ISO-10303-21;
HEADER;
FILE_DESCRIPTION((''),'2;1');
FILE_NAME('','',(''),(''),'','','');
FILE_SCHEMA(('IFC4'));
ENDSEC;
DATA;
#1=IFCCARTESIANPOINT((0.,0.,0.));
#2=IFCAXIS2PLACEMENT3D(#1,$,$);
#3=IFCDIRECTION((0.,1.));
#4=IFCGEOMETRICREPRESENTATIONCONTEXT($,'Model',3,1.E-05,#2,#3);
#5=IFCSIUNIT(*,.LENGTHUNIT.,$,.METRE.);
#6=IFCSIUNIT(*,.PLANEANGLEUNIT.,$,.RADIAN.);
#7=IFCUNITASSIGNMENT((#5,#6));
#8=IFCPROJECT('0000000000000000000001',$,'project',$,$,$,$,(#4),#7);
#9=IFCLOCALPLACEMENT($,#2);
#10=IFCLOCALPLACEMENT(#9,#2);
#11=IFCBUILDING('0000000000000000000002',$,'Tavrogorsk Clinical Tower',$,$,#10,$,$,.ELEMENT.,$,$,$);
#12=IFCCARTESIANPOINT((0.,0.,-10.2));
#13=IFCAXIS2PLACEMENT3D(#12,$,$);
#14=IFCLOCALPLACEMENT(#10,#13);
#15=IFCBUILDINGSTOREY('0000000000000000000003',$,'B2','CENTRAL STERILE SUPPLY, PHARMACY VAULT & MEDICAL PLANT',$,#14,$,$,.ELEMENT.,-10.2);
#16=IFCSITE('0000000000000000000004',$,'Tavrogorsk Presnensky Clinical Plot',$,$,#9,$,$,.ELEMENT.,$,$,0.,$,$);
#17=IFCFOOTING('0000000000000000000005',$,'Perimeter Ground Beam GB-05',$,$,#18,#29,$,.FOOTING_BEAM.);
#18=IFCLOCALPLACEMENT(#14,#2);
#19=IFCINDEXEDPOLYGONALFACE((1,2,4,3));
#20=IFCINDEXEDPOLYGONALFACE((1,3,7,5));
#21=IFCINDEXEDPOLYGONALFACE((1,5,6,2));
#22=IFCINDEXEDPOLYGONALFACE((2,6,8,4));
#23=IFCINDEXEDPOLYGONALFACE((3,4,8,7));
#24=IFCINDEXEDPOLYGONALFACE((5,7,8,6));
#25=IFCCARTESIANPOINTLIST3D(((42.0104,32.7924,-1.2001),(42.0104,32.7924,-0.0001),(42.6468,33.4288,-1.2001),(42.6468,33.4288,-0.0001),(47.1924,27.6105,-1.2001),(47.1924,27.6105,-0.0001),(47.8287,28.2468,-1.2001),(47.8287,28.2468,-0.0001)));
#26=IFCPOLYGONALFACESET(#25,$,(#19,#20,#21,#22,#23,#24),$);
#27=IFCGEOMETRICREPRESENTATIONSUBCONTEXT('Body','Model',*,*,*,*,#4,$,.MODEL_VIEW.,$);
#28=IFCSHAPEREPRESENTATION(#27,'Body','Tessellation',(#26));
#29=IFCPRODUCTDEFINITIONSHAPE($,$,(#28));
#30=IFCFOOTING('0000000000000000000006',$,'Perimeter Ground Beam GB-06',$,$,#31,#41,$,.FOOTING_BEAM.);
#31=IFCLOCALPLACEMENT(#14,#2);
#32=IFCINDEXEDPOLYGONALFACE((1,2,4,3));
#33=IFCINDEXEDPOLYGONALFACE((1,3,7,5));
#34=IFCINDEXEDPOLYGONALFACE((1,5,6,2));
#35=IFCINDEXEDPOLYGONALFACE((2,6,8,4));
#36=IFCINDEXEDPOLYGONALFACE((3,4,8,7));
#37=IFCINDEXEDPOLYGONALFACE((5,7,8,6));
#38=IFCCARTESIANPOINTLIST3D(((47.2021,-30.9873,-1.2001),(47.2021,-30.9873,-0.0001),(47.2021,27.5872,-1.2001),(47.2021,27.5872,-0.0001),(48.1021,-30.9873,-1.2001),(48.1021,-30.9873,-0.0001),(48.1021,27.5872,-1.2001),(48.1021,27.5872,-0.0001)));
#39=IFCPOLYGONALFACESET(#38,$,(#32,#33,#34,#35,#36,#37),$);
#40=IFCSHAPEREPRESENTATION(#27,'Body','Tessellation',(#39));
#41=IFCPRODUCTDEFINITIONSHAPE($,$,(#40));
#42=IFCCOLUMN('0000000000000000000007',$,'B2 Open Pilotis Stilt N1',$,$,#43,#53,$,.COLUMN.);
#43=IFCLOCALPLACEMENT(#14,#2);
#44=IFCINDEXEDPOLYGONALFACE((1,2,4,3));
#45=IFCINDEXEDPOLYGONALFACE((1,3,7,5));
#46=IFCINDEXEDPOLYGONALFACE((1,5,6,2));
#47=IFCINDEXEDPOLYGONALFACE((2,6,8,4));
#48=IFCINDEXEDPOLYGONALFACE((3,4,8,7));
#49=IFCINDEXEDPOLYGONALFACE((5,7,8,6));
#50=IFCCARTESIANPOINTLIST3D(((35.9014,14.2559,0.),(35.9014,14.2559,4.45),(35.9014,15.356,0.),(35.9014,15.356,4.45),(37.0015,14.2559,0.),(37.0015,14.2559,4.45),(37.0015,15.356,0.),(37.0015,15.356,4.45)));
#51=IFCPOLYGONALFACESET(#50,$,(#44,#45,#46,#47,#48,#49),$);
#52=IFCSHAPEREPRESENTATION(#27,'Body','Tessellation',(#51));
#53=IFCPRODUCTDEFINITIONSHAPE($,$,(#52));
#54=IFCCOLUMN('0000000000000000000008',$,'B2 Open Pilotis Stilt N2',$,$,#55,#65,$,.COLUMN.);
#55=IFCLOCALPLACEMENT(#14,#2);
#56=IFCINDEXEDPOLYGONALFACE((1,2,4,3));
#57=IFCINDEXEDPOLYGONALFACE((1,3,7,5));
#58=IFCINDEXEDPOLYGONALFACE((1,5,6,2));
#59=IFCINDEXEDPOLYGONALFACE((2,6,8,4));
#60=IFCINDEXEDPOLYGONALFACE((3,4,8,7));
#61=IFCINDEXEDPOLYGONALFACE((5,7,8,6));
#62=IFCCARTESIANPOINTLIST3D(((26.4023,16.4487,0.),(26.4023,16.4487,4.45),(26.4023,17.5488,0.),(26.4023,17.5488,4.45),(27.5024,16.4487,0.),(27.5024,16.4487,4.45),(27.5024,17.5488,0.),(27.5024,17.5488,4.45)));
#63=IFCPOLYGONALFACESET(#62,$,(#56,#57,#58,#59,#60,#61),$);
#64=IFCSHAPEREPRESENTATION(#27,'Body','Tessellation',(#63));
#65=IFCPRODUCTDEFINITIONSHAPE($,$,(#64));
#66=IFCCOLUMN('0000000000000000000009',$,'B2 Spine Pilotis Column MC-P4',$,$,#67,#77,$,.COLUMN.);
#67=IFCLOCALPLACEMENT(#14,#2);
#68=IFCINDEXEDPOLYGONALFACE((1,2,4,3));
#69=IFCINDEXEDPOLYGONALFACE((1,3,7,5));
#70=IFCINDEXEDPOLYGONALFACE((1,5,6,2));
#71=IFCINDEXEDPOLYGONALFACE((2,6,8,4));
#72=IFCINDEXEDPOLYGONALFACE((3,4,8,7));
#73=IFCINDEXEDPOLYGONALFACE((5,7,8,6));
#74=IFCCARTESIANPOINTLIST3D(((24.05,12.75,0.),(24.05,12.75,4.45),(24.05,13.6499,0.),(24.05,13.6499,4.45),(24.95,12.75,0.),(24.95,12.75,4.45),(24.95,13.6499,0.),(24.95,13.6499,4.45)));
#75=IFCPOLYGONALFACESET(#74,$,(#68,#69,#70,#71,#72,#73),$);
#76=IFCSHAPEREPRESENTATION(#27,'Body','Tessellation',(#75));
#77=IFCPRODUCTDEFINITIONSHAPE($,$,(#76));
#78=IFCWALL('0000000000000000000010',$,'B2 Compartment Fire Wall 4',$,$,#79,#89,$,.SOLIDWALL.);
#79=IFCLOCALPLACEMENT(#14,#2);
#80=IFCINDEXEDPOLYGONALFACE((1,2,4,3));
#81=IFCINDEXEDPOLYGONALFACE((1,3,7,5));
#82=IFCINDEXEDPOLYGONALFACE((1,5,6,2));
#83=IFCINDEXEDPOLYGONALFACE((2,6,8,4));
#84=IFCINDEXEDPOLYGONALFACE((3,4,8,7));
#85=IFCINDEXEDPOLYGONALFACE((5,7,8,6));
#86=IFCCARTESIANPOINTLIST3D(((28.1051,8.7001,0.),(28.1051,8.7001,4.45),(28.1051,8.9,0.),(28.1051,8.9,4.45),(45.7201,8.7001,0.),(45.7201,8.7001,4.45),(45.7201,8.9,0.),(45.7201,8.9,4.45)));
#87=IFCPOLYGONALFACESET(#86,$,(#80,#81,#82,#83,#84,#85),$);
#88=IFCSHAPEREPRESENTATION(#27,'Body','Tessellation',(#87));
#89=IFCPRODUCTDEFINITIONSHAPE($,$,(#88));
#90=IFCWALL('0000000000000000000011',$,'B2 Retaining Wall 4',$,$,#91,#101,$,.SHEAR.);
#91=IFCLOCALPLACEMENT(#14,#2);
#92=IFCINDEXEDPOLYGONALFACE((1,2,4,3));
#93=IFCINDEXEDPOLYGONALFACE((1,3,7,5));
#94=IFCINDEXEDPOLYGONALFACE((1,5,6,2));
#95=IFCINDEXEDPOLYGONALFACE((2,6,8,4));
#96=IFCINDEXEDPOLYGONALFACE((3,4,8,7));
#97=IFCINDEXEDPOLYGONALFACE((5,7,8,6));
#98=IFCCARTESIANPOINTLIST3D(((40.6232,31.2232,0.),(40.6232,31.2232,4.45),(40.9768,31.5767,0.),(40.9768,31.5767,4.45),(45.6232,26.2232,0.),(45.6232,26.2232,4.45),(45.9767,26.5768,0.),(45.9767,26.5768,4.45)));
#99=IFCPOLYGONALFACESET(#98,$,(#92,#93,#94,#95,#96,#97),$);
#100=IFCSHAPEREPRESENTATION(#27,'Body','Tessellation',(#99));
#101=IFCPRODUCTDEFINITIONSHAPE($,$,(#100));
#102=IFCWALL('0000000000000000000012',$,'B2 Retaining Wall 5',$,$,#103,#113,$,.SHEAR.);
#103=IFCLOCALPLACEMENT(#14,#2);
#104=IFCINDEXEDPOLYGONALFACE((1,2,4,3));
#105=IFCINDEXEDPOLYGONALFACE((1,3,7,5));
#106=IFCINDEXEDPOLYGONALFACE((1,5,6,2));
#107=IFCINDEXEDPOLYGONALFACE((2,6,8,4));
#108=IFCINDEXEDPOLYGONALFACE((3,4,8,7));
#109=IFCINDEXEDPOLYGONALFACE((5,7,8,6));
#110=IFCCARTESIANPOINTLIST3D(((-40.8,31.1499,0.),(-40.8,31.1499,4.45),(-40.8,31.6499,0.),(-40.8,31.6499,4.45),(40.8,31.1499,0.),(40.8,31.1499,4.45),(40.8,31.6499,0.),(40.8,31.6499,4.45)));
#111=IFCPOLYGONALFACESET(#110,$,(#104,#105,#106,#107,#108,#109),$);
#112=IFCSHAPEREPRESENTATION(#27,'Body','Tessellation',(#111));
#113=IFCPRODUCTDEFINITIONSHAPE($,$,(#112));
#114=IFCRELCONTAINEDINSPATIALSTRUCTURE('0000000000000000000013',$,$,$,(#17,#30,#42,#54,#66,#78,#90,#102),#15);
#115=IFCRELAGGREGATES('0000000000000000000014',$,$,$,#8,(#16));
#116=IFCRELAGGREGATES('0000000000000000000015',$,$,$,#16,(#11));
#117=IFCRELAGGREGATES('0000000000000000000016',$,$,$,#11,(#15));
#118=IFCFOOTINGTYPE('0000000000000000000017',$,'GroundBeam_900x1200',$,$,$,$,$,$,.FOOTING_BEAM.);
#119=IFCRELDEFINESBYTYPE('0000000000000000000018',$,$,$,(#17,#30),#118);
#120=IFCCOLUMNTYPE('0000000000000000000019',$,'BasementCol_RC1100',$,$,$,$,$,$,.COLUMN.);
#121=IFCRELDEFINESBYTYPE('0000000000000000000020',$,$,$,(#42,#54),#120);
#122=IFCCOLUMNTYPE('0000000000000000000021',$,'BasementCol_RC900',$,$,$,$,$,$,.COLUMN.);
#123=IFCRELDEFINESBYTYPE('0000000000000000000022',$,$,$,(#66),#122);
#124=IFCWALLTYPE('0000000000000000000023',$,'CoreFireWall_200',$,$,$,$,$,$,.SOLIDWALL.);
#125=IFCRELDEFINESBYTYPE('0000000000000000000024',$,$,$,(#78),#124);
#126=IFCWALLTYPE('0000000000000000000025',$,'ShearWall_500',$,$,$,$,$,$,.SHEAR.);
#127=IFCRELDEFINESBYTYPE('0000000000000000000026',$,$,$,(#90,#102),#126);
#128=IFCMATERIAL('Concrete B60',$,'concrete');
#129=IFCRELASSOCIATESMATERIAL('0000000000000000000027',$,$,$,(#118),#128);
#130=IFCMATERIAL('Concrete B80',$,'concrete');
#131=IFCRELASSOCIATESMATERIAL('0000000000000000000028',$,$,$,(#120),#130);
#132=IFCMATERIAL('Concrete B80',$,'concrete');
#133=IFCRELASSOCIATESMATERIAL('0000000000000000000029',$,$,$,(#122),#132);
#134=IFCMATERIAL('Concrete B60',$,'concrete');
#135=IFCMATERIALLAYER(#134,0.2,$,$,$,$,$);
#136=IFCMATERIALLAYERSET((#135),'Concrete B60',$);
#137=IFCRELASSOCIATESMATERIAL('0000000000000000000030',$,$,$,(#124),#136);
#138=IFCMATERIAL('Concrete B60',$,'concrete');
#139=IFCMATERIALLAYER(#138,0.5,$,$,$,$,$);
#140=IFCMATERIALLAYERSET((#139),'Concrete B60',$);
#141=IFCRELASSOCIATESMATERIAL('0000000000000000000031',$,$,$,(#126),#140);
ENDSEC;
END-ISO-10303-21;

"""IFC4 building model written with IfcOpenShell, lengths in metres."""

from ifc_helpers import new_model, si_unit, direction, frame, frame_2d, origin, origin_2d, place, context, subcontext, project, spatial, rectangle, extrude, material, layer, layer_set, material_profile, profile_set, type_object, element, save


model = new_model("IFC4")

# Units and contexts
model_context = context("Model", 3, precision=1e-05, world=origin(), true_north=direction((0.0, 1.0)))
body_context = subcontext(model_context, "Body", "Model", "MODEL_VIEW")
ifc_project = project(units=[si_unit("LENGTHUNIT", "METRE"), si_unit("PLANEANGLEUNIT", "RADIAN")], contexts=[model_context])

# Site, building, storey
site_placement = place(None, origin())
site = spatial("IfcSite", under=ifc_project, at=site_placement, Name="Tavrogorsk Presnensky Clinical Plot", CompositionType="ELEMENT", RefElevation=0.0)
building_placement = place(site_placement, origin())
building = spatial("IfcBuilding", under=site, at=building_placement, Name="Tavrogorsk Clinical Tower", CompositionType="ELEMENT")
storey_placement = place(building_placement, frame((0.0, 0.0, -10.2)))
storey = spatial("IfcBuildingStorey", under=building, at=storey_placement, Name="B2", Description="CENTRAL STERILE SUPPLY, PHARMACY VAULT & MEDICAL PLANT", CompositionType="ELEMENT", Elevation=-10.2)

# Footings
ifc_material_1 = material(Name="Concrete B60", Category="concrete")
ifc_material_profile_1 = material_profile(ifc_material_1, rectangle(XDim=0.8999, YDim=1.2, at=origin_2d()), Name="RC-GB-900x1200")
ifc_profile_set_1 = profile_set([ifc_material_profile_1], Name="Concrete B60")
footing_type = type_object("IfcFootingType", Name="GroundBeam_900x1200", PredefinedType="FOOTING_BEAM", material=ifc_profile_set_1)
footing_1_placement = place(storey_placement, frame((42.3286, 33.1106, -0.6001), z_axis=(0.707107, -0.707107, 0.0), x_axis=(0.707107, 0.707107, 0.0)))
element("IfcFooting", 1, at=footing_1_placement, inside=storey, type_object=footing_type, Name="Perimeter Ground Beam GB-05", PredefinedType="FOOTING_BEAM", context=body_context, shape_type="SweptSolid", body=[
    extrude(rectangle(XDim=0.8999, YDim=1.2, at=origin_2d()), origin(), (0.0, 0.0, 1.0), 7.3284),
])
footing_2_placement = place(storey_placement, frame((47.6521, 27.5872, -0.6001), z_axis=(0.0, -1.0, 0.0), x_axis=(1.0, 0.0, 0.0)))
element("IfcFooting", 2, at=footing_2_placement, inside=storey, type_object=footing_type, Name="Perimeter Ground Beam GB-06", PredefinedType="FOOTING_BEAM", context=body_context, shape_type="SweptSolid", body=[
    extrude(rectangle(XDim=0.8999, YDim=1.2, at=origin_2d()), origin(), (0.0, 0.0, 1.0), 58.5745),
])

# Columns
ifc_material_2 = material(Name="Concrete B80", Category="concrete")
ifc_material_profile_2 = material_profile(ifc_material_2, rectangle(XDim=1.1001, YDim=1.1001, at=origin_2d()), Name="RC-COL-1100x1100")
ifc_profile_set_2 = profile_set([ifc_material_profile_2], Name="Concrete B80")
column_type_1 = type_object("IfcColumnType", Name="BasementCol_RC1100", PredefinedType="COLUMN", material=ifc_profile_set_2)
for number, where, z_axis, x_axis, name in (
    (3, (36.4514, 14.8059, 0.0), (0.0, 0.0, 1.0), (1.0, 0.0, 0.0), "B2 Open Pilotis Stilt N1"),
    (4, (26.9524, 16.9988, 0.0), (0.0, 0.0, 1.0), (1.0, 0.0, 0.0), "B2 Open Pilotis Stilt N2"),
):
    element("IfcColumn", number, at=place(storey_placement, frame(where, z_axis=z_axis, x_axis=x_axis)), inside=storey, type_object=column_type_1, Name=name, PredefinedType="COLUMN", context=body_context, shape_type="SweptSolid", body=[
        extrude(rectangle(XDim=1.1001, YDim=1.1001, at=origin_2d()), origin(), (0.0, 0.0, 1.0), 4.45),
    ])
ifc_material_3 = material(Name="Concrete B80", Category="concrete")
ifc_material_profile_3 = material_profile(ifc_material_3, rectangle(XDim=0.8999, YDim=0.8999, at=origin_2d()), Name="RC-COL-900x900")
ifc_profile_set_3 = profile_set([ifc_material_profile_3], Name="Concrete B80")
column_type_2 = type_object("IfcColumnType", Name="BasementCol_RC900", PredefinedType="COLUMN", material=ifc_profile_set_3)
column_placement = place(storey_placement, frame((24.5, 13.2, 0.0), z_axis=(0.0, 0.0, 1.0), x_axis=(1.0, 0.0, 0.0)))
element("IfcColumn", 5, at=column_placement, inside=storey, type_object=column_type_2, Name="B2 Spine Pilotis Column MC-P4", PredefinedType="COLUMN", context=body_context, shape_type="SweptSolid", body=[
    extrude(rectangle(XDim=0.8999, YDim=0.8999, at=origin_2d()), origin(), (0.0, 0.0, 1.0), 4.45),
])

# Walls
ifc_material_4 = material(Name="Concrete B60", Category="concrete")
ifc_layer_1 = layer(ifc_material_4, 0.2)
ifc_layer_set_1 = layer_set([ifc_layer_1], Name="Concrete B60")
wall_type_1 = type_object("IfcWallType", Name="CoreFireWall_200", PredefinedType="SOLIDWALL", material=ifc_layer_set_1)
wall_1_placement = place(storey_placement, frame((28.105, 8.8, 0.0), z_axis=(0.0, 0.0, 1.0), x_axis=(1.0, 0.0, 0.0)))
element("IfcWall", 6, at=wall_1_placement, inside=storey, type_object=wall_type_1, Name="B2 Compartment Fire Wall 4", PredefinedType="SOLIDWALL", context=body_context, shape_type="SweptSolid", body=[
    extrude(rectangle(XDim=17.615, YDim=0.2, at=frame_2d((8.8076, 0.0))), origin(), (0.0, 0.0, 1.0), 4.45),
])
ifc_material_5 = material(Name="Concrete B60", Category="concrete")
ifc_layer_2 = layer(ifc_material_5, 0.5)
ifc_layer_set_2 = layer_set([ifc_layer_2], Name="Concrete B60")
wall_type_2 = type_object("IfcWallType", Name="ShearWall_500", PredefinedType="SHEAR", material=ifc_layer_set_2)
wall_2_placement = place(storey_placement, frame((45.8, 26.3999, 0.0), z_axis=(0.0, 0.0, 1.0), x_axis=(-0.707107, 0.707107, 0.0)))
element("IfcWall", 7, at=wall_2_placement, inside=storey, type_object=wall_type_2, Name="B2 Retaining Wall 4", PredefinedType="SHEAR", context=body_context, shape_type="SweptSolid", body=[
    extrude(rectangle(XDim=7.071, YDim=0.5, at=frame_2d((3.5356, 0.0))), origin(), (0.0, 0.0, 1.0), 4.45),
])
wall_3_placement = place(storey_placement, frame((40.8, 31.3999, 0.0), z_axis=(0.0, 0.0, 1.0), x_axis=(-1.0, 0.0, 0.0)))
element("IfcWall", 8, at=wall_3_placement, inside=storey, type_object=wall_type_2, Name="B2 Retaining Wall 5", PredefinedType="SHEAR", context=body_context, shape_type="SweptSolid", body=[
    extrude(rectangle(XDim=81.6001, YDim=0.5, at=frame_2d((40.8, 0.0))), origin(), (0.0, 0.0, 1.0), 4.45),
])

save(model, "model.ifc")
